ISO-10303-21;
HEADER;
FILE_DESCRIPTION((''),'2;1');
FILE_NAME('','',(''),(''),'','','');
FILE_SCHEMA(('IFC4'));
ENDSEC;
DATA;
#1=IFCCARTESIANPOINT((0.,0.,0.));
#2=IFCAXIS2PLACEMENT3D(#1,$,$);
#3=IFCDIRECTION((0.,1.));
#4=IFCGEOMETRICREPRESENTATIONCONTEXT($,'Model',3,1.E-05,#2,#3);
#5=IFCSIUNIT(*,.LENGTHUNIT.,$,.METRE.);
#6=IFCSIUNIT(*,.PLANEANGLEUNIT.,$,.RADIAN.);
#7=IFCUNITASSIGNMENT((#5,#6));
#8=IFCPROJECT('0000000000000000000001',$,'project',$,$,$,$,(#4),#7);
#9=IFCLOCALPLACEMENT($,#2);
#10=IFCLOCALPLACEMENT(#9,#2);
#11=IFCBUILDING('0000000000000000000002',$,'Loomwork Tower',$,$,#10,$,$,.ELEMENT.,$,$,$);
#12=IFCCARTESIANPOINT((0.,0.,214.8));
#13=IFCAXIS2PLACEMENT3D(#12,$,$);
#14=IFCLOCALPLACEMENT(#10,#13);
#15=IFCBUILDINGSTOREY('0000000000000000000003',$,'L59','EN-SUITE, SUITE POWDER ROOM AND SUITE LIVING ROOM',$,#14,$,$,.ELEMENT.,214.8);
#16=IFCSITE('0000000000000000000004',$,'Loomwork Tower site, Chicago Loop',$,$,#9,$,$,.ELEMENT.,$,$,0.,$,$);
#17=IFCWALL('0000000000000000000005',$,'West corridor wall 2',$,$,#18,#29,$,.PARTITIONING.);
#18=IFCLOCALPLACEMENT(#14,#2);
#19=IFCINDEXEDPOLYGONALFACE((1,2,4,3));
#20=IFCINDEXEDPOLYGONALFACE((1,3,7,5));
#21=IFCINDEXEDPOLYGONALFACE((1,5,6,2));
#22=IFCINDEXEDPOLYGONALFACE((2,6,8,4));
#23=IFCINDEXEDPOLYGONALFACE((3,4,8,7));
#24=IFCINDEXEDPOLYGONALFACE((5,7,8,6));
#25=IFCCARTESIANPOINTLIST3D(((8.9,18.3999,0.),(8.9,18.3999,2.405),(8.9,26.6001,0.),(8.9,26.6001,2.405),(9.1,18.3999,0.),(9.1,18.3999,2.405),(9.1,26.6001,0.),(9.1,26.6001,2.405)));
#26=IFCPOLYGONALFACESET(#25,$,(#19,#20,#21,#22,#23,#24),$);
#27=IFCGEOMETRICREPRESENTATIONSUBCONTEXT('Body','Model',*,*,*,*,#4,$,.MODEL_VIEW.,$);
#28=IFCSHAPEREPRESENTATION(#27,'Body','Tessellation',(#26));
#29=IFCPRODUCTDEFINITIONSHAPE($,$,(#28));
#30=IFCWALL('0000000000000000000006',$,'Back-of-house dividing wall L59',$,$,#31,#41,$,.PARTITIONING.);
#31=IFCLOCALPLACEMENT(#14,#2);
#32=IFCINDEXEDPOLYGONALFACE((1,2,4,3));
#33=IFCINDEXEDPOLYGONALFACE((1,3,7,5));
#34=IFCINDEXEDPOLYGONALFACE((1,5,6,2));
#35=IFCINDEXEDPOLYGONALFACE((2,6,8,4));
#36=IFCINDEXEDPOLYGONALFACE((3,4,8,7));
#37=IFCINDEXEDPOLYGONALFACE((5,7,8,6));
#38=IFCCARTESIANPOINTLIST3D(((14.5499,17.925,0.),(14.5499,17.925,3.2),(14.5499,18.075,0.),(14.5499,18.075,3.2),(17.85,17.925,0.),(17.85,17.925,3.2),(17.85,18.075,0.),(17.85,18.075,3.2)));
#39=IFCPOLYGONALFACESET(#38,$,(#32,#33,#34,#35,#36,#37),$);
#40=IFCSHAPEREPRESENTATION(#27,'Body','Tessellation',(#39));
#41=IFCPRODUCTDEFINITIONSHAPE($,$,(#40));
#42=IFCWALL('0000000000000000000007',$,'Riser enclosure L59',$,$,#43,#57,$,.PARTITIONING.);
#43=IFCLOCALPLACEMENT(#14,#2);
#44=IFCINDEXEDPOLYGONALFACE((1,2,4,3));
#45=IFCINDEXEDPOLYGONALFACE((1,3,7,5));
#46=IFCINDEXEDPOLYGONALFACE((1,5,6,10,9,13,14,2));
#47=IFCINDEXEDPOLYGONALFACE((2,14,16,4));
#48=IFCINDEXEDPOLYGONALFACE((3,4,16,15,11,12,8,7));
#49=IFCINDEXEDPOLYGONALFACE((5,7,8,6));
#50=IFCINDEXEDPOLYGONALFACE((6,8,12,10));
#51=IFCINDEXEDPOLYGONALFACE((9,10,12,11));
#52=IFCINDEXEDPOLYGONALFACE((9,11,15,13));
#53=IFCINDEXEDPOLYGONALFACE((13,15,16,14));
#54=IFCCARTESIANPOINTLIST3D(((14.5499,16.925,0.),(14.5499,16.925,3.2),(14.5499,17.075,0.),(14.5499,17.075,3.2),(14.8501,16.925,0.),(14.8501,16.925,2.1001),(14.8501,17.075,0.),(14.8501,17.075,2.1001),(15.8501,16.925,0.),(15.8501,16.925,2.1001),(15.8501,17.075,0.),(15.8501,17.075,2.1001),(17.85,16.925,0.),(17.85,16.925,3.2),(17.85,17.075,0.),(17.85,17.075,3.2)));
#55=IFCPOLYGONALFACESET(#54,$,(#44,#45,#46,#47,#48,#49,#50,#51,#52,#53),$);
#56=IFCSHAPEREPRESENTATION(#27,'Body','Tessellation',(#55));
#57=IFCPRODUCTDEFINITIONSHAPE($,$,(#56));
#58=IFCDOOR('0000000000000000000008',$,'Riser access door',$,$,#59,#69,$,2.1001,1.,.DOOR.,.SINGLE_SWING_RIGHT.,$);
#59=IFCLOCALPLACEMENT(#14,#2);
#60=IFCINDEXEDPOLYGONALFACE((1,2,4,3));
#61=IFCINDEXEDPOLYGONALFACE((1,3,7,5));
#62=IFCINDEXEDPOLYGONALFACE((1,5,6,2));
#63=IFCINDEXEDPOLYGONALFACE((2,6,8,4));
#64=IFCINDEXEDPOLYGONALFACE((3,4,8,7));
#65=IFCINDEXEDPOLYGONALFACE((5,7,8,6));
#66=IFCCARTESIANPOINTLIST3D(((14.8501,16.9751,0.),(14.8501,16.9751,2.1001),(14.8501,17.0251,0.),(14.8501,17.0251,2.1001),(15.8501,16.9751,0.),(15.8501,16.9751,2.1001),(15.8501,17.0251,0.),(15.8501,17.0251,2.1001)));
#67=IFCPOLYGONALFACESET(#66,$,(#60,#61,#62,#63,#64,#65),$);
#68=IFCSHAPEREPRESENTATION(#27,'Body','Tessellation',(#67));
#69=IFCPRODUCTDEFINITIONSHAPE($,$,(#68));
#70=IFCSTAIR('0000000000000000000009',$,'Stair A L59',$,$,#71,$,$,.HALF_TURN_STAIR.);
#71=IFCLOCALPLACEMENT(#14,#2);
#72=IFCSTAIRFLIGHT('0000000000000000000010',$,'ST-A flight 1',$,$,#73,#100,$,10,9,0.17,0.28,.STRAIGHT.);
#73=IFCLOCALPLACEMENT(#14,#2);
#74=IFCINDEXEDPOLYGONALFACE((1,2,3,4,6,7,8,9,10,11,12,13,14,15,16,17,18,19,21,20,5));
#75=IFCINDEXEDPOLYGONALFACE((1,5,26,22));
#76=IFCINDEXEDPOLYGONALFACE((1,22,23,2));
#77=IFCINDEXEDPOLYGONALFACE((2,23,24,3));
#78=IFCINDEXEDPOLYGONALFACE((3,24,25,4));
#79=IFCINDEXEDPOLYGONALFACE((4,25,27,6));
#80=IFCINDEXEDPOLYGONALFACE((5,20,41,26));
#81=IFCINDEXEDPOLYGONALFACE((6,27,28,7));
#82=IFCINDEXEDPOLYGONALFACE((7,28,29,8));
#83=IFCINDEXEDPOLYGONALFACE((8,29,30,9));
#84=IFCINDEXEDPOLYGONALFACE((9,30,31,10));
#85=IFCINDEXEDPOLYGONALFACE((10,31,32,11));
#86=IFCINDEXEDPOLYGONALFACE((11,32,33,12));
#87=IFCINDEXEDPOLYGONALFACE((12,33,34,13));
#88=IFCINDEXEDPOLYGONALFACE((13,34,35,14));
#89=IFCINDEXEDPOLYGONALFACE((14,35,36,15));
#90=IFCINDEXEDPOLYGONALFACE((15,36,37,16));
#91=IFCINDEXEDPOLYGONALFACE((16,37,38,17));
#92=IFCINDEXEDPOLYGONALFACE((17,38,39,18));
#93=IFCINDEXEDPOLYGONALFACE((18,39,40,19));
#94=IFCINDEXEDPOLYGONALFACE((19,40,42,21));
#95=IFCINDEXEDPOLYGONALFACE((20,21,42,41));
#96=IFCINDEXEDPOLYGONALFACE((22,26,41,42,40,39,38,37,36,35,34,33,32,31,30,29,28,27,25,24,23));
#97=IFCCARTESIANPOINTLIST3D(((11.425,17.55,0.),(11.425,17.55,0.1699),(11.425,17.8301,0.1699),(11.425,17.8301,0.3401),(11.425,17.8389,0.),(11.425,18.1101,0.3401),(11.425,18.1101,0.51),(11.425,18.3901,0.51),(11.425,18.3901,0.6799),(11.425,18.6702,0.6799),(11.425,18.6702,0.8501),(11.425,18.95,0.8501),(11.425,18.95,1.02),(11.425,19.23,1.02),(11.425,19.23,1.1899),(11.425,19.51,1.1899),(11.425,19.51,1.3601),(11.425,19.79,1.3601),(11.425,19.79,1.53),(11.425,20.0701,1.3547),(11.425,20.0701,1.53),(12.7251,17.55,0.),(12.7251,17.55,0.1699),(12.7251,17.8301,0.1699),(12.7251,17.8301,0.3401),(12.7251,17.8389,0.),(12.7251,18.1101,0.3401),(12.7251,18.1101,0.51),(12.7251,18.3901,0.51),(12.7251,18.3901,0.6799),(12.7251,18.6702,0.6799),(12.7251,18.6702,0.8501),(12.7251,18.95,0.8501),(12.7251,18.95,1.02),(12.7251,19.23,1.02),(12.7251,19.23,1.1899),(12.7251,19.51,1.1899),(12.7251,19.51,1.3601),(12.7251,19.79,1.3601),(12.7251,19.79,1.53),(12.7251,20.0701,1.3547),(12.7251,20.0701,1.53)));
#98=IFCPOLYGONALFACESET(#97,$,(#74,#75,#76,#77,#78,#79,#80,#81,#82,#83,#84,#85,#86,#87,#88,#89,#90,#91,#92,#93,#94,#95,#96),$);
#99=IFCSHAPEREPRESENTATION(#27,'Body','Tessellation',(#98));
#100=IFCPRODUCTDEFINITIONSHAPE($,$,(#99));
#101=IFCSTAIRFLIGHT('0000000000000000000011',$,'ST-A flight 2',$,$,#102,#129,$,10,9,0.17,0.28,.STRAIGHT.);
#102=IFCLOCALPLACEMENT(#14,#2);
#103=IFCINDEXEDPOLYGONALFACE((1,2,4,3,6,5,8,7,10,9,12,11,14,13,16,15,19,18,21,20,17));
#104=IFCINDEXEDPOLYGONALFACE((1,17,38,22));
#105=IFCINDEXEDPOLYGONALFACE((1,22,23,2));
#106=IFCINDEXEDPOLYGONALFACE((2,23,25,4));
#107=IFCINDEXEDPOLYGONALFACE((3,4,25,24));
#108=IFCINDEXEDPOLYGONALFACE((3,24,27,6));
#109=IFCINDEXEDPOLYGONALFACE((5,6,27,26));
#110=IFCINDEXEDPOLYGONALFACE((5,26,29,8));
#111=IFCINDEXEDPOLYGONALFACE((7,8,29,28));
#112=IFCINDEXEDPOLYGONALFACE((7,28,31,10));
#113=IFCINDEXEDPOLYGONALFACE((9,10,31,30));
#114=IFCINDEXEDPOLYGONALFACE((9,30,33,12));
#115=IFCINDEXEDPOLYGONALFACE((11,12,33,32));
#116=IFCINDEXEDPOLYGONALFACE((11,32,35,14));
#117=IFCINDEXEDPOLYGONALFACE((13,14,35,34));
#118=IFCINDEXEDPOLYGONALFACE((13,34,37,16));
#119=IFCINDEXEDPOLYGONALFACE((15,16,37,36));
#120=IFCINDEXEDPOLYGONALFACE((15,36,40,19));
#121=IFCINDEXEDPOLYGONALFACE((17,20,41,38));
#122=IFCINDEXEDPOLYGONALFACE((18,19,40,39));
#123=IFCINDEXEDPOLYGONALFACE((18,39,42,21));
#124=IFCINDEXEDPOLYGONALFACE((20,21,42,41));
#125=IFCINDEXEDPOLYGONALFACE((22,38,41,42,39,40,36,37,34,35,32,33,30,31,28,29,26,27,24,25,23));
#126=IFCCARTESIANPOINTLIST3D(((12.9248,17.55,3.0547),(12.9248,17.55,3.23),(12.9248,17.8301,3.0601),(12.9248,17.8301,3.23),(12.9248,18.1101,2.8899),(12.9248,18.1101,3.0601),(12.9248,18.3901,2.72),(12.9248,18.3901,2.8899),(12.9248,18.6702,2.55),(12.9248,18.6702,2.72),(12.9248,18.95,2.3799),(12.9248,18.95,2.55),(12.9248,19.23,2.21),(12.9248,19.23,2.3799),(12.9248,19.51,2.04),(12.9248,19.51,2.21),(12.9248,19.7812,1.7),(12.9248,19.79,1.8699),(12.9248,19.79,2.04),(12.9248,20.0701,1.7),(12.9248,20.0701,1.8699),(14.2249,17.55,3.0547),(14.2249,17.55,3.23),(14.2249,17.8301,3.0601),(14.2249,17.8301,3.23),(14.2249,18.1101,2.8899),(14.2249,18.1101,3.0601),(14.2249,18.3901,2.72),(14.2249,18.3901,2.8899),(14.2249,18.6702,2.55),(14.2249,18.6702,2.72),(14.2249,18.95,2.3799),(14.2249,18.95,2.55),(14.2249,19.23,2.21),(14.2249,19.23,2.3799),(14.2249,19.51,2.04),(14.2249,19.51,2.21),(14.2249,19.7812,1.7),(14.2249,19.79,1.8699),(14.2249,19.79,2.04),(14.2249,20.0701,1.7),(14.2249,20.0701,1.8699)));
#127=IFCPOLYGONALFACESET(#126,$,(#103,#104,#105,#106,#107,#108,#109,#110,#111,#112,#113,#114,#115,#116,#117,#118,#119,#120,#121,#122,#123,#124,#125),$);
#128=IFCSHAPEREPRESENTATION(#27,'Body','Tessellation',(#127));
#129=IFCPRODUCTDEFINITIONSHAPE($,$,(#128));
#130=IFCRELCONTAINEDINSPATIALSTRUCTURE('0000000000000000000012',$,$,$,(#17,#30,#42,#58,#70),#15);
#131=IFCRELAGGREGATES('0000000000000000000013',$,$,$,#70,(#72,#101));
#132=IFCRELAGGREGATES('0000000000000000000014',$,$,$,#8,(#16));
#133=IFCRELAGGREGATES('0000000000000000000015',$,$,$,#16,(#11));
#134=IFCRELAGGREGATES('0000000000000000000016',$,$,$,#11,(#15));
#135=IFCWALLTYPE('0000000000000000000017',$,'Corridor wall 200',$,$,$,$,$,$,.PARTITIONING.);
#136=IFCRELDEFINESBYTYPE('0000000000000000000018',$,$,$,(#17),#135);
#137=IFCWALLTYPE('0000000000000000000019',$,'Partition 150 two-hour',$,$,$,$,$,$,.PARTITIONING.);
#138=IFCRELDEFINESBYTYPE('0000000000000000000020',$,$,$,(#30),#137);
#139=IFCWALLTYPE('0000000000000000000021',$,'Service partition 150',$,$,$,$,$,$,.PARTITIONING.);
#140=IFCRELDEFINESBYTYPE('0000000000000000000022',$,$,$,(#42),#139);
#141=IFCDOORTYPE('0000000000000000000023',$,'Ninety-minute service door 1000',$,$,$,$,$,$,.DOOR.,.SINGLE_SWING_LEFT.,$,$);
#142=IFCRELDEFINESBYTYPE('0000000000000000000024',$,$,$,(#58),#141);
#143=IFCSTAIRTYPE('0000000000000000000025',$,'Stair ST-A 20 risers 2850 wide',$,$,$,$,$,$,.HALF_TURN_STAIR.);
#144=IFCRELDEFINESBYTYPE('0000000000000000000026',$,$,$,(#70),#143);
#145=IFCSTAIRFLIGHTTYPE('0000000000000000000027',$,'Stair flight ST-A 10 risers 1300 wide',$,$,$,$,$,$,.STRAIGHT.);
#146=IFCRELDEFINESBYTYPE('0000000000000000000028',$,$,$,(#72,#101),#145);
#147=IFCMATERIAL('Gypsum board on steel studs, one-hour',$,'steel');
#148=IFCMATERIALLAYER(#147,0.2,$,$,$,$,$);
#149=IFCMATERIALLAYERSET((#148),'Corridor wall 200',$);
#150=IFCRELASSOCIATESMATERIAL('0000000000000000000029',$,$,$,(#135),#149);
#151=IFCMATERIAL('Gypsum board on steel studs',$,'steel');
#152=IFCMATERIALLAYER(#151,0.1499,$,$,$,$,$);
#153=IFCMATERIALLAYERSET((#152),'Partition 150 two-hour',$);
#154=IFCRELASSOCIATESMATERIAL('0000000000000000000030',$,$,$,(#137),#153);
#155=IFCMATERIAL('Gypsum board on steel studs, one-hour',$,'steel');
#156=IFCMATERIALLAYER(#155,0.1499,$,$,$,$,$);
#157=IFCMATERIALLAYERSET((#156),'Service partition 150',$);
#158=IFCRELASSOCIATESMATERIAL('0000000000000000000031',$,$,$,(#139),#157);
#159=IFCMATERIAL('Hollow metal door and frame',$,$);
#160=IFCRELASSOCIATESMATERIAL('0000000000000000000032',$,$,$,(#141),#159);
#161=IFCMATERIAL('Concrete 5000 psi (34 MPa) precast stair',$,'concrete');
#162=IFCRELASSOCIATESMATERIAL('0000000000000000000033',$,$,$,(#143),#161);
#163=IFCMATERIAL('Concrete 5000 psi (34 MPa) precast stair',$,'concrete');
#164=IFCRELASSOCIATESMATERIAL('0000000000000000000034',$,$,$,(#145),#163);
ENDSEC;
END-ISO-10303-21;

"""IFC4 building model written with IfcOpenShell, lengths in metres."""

from ifc_helpers import new_model, si_unit, direction, frame, frame_2d, origin, place, context, subcontext, project, spatial, polyline, rectangle, outline, extrude, material, layer, layer_set, type_object, element, fill, aggregate, save


model = new_model("IFC4")

# Units and contexts
model_context = context("Model", 3, precision=1e-05, world=origin(), true_north=direction((0.0, 1.0)))
body_context = subcontext(model_context, "Body", "Model", "MODEL_VIEW")
ifc_project = project(units=[si_unit("LENGTHUNIT", "METRE"), si_unit("PLANEANGLEUNIT", "RADIAN")], contexts=[model_context])

# Site, building, storey
site_placement = place(None, origin())
site = spatial("IfcSite", under=ifc_project, at=site_placement, Name="Loomwork Tower site, Chicago Loop", CompositionType="ELEMENT", RefElevation=0.0)
building_placement = place(site_placement, origin())
building = spatial("IfcBuilding", under=site, at=building_placement, Name="Loomwork Tower", CompositionType="ELEMENT")
storey_placement = place(building_placement, frame((0.0, 0.0, 214.8)))
storey = spatial("IfcBuildingStorey", under=building, at=storey_placement, Name="L59", Description="EN-SUITE, SUITE POWDER ROOM AND SUITE LIVING ROOM", CompositionType="ELEMENT", Elevation=214.8)

# Walls
ifc_material_1 = material(Name="Gypsum board on steel studs, one-hour", Category="steel")
ifc_layer_1 = layer(ifc_material_1, 0.2)
ifc_layer_set_1 = layer_set([ifc_layer_1], Name="Corridor wall 200")
wall_type_1 = type_object("IfcWallType", Name="Corridor wall 200", PredefinedType="PARTITIONING", material=ifc_layer_set_1)
wall_1_placement = place(storey_placement, frame((9.0, 18.3999, 0.0), z_axis=(0.0, 0.0, 1.0), x_axis=(0.0, 1.0, 0.0)))
element("IfcWall", 1, at=wall_1_placement, inside=storey, type_object=wall_type_1, Name="West corridor wall 2", PredefinedType="PARTITIONING", context=body_context, shape_type="SweptSolid", body=[
    extrude(rectangle(XDim=8.2002, YDim=0.2, at=frame_2d((4.1001, 0.0))), origin(), (0.0, 0.0, 1.0), 2.405),
])
ifc_material_2 = material(Name="Gypsum board on steel studs", Category="steel")
ifc_layer_2 = layer(ifc_material_2, 0.1499)
ifc_layer_set_2 = layer_set([ifc_layer_2], Name="Partition 150 two-hour")
wall_type_2 = type_object("IfcWallType", Name="Partition 150 two-hour", PredefinedType="PARTITIONING", material=ifc_layer_set_2)
wall_2_placement = place(storey_placement, frame((14.55, 18.0, 0.0), z_axis=(0.0, 0.0, 1.0), x_axis=(1.0, 0.0, 0.0)))
element("IfcWall", 2, at=wall_2_placement, inside=storey, type_object=wall_type_2, Name="Back-of-house dividing wall L59", PredefinedType="PARTITIONING", context=body_context, shape_type="SweptSolid", body=[
    extrude(rectangle(XDim=3.3, YDim=0.1499, at=frame_2d((1.6499, 0.0))), origin(), (0.0, 0.0, 1.0), 3.2),
])

# Wall, opening, door
ifc_material_3 = material(Name="Gypsum board on steel studs, one-hour", Category="steel")
ifc_layer_3 = layer(ifc_material_3, 0.1499)
ifc_layer_set_3 = layer_set([ifc_layer_3], Name="Service partition 150")
wall_type_3 = type_object("IfcWallType", Name="Service partition 150", PredefinedType="PARTITIONING", material=ifc_layer_set_3)
wall_3_placement = place(storey_placement, frame((14.55, 17.0, 0.0), z_axis=(0.0, 0.0, 1.0), x_axis=(1.0, 0.0, 0.0)))
wall_3 = element("IfcWall", 3, at=wall_3_placement, inside=storey, type_object=wall_type_3, Name="Riser enclosure L59", PredefinedType="PARTITIONING", context=body_context, shape_type="SweptSolid", body=[
    extrude(rectangle(XDim=3.3, YDim=0.1499, at=frame_2d((1.6499, 0.0))), origin(), (0.0, 0.0, 1.0), 3.2),
])
opening_1_placement = place(wall_3_placement, frame((0.3, 0.0, 0.0)))
opening_1 = element("IfcOpeningElement", 4, at=opening_1_placement, cuts=wall_3, PredefinedType="OPENING", context=body_context, shape_type="SweptSolid", body=[
    extrude(rectangle(XDim=1.0, YDim=2.1001, at=frame_2d((0.5, 1.05))), frame((0.0, 0.085, 0.0), z_axis=(0.0, -1.0, 0.0), x_axis=(1.0, 0.0, 0.0)), (0.0, 0.0, 1.0), 0.1699),
])
ifc_material_4 = material(Name="Hollow metal door and frame")
door_type_1 = type_object("IfcDoorType", Name="Ninety-minute service door 1000", OperationType="SINGLE_SWING_LEFT", PredefinedType="DOOR", material=ifc_material_4)
door_1_placement = place(opening_1_placement, frame((1.0, 0.0, 0.0), z_axis=(0.0, 0.0, 1.0), x_axis=(-1.0, 0.0, 0.0)))
door_1 = element("IfcDoor", 5, at=door_1_placement, inside=storey, type_object=door_type_1, Name="Riser access door", OperationType="SINGLE_SWING_RIGHT", OverallHeight=2.1001, OverallWidth=1.0, PredefinedType="DOOR", context=body_context, shape_type="SweptSolid", body=[
    extrude(rectangle(XDim=1.0, YDim=2.1001, at=frame_2d((0.5, 1.05))), frame((0.0, 0.0249, 0.0), z_axis=(0.0, -1.0, 0.0), x_axis=(1.0, 0.0, 0.0)), (0.0, 0.0, 1.0), 0.05),
])
fill(opening_1, door_1)

# Stair, stair flights
ifc_material_5 = material(Name="Concrete 5000 psi (34 MPa) precast stair", Category="concrete")
stair_type = type_object("IfcStairType", Name="Stair ST-A 20 risers 2850 wide", PredefinedType="HALF_TURN_STAIR", material=ifc_material_5)
stair_placement = place(storey_placement, origin())
stair = element("IfcStair", 6, at=stair_placement, inside=storey, type_object=stair_type, Name="Stair A L59", PredefinedType="HALF_TURN_STAIR")
ifc_material_6 = material(Name="Concrete 5000 psi (34 MPa) precast stair", Category="concrete")
stair_flight_type = type_object("IfcStairFlightType", Name="Stair flight ST-A 10 risers 1300 wide", PredefinedType="STRAIGHT", material=ifc_material_6)
stair_flight_1_placement = place(storey_placement, frame((12.075, 17.55, 0.0), z_axis=(0.0, 0.0, 1.0), x_axis=(0.0, 1.0, 0.0)))
stair_flight_1 = element("IfcStairFlight", 7, at=stair_flight_1_placement, type_object=stair_flight_type, Name="ST-A flight 1", NumberOfRisers=10, NumberOfTreads=9, PredefinedType="STRAIGHT", RiserHeight=0.17, TreadLength=0.28, context=body_context, shape_type="SweptSolid", body=[
    extrude(outline(polyline([(0.0, 0.0), (0.0, 0.1699), (0.28, 0.1699), (0.28, 0.3401), (0.5601, 0.3401), (0.5601, 0.51), (0.8401, 0.51), (0.8401, 0.6799), (1.1201, 0.6799), (1.1201, 0.8501), (1.3999, 0.8501), (1.3999, 1.02), (1.6799, 1.02), (1.6799, 1.1899), (1.96, 1.1899), (1.96, 1.3601), (2.24, 1.3601), (2.24, 1.53), (2.52, 1.53), (2.52, 1.7), (2.52, 1.3547), (0.2888, 0.0), (0.0, 0.0)])), frame((0.0, 0.6499, 0.0), z_axis=(0.0, -1.0, 0.0), x_axis=(1.0, 0.0, 0.0)), (0.0, 0.0, 1.0), 1.3),
])
stair_flight_2_placement = place(storey_placement, frame((13.575, 20.0701, 1.7), z_axis=(0.0, 0.0, 1.0), x_axis=(0.0, -1.0, 0.0)))
stair_flight_2 = element("IfcStairFlight", 8, at=stair_flight_2_placement, type_object=stair_flight_type, Name="ST-A flight 2", NumberOfRisers=10, NumberOfTreads=9, PredefinedType="STRAIGHT", RiserHeight=0.17, TreadLength=0.28, context=body_context, shape_type="SweptSolid", body=[
    extrude(outline(polyline([(0.0, 0.0), (0.0, 0.1699), (0.28, 0.1699), (0.28, 0.3401), (0.5601, 0.3401), (0.5601, 0.51), (0.8401, 0.51), (0.8401, 0.6799), (1.1201, 0.6799), (1.1201, 0.8501), (1.3999, 0.8501), (1.3999, 1.02), (1.6799, 1.02), (1.6799, 1.1899), (1.96, 1.1899), (1.96, 1.3601), (2.24, 1.3601), (2.24, 1.53), (2.52, 1.53), (2.52, 1.7), (2.52, 1.3547), (0.2888, 0.0), (0.0, 0.0)])), frame((0.0, 0.6499, 0.0), z_axis=(0.0, -1.0, 0.0), x_axis=(1.0, 0.0, 0.0)), (0.0, 0.0, 1.0), 1.3),
])
aggregate(stair, [stair_flight_1, stair_flight_2])

save(model, "model.ifc")
